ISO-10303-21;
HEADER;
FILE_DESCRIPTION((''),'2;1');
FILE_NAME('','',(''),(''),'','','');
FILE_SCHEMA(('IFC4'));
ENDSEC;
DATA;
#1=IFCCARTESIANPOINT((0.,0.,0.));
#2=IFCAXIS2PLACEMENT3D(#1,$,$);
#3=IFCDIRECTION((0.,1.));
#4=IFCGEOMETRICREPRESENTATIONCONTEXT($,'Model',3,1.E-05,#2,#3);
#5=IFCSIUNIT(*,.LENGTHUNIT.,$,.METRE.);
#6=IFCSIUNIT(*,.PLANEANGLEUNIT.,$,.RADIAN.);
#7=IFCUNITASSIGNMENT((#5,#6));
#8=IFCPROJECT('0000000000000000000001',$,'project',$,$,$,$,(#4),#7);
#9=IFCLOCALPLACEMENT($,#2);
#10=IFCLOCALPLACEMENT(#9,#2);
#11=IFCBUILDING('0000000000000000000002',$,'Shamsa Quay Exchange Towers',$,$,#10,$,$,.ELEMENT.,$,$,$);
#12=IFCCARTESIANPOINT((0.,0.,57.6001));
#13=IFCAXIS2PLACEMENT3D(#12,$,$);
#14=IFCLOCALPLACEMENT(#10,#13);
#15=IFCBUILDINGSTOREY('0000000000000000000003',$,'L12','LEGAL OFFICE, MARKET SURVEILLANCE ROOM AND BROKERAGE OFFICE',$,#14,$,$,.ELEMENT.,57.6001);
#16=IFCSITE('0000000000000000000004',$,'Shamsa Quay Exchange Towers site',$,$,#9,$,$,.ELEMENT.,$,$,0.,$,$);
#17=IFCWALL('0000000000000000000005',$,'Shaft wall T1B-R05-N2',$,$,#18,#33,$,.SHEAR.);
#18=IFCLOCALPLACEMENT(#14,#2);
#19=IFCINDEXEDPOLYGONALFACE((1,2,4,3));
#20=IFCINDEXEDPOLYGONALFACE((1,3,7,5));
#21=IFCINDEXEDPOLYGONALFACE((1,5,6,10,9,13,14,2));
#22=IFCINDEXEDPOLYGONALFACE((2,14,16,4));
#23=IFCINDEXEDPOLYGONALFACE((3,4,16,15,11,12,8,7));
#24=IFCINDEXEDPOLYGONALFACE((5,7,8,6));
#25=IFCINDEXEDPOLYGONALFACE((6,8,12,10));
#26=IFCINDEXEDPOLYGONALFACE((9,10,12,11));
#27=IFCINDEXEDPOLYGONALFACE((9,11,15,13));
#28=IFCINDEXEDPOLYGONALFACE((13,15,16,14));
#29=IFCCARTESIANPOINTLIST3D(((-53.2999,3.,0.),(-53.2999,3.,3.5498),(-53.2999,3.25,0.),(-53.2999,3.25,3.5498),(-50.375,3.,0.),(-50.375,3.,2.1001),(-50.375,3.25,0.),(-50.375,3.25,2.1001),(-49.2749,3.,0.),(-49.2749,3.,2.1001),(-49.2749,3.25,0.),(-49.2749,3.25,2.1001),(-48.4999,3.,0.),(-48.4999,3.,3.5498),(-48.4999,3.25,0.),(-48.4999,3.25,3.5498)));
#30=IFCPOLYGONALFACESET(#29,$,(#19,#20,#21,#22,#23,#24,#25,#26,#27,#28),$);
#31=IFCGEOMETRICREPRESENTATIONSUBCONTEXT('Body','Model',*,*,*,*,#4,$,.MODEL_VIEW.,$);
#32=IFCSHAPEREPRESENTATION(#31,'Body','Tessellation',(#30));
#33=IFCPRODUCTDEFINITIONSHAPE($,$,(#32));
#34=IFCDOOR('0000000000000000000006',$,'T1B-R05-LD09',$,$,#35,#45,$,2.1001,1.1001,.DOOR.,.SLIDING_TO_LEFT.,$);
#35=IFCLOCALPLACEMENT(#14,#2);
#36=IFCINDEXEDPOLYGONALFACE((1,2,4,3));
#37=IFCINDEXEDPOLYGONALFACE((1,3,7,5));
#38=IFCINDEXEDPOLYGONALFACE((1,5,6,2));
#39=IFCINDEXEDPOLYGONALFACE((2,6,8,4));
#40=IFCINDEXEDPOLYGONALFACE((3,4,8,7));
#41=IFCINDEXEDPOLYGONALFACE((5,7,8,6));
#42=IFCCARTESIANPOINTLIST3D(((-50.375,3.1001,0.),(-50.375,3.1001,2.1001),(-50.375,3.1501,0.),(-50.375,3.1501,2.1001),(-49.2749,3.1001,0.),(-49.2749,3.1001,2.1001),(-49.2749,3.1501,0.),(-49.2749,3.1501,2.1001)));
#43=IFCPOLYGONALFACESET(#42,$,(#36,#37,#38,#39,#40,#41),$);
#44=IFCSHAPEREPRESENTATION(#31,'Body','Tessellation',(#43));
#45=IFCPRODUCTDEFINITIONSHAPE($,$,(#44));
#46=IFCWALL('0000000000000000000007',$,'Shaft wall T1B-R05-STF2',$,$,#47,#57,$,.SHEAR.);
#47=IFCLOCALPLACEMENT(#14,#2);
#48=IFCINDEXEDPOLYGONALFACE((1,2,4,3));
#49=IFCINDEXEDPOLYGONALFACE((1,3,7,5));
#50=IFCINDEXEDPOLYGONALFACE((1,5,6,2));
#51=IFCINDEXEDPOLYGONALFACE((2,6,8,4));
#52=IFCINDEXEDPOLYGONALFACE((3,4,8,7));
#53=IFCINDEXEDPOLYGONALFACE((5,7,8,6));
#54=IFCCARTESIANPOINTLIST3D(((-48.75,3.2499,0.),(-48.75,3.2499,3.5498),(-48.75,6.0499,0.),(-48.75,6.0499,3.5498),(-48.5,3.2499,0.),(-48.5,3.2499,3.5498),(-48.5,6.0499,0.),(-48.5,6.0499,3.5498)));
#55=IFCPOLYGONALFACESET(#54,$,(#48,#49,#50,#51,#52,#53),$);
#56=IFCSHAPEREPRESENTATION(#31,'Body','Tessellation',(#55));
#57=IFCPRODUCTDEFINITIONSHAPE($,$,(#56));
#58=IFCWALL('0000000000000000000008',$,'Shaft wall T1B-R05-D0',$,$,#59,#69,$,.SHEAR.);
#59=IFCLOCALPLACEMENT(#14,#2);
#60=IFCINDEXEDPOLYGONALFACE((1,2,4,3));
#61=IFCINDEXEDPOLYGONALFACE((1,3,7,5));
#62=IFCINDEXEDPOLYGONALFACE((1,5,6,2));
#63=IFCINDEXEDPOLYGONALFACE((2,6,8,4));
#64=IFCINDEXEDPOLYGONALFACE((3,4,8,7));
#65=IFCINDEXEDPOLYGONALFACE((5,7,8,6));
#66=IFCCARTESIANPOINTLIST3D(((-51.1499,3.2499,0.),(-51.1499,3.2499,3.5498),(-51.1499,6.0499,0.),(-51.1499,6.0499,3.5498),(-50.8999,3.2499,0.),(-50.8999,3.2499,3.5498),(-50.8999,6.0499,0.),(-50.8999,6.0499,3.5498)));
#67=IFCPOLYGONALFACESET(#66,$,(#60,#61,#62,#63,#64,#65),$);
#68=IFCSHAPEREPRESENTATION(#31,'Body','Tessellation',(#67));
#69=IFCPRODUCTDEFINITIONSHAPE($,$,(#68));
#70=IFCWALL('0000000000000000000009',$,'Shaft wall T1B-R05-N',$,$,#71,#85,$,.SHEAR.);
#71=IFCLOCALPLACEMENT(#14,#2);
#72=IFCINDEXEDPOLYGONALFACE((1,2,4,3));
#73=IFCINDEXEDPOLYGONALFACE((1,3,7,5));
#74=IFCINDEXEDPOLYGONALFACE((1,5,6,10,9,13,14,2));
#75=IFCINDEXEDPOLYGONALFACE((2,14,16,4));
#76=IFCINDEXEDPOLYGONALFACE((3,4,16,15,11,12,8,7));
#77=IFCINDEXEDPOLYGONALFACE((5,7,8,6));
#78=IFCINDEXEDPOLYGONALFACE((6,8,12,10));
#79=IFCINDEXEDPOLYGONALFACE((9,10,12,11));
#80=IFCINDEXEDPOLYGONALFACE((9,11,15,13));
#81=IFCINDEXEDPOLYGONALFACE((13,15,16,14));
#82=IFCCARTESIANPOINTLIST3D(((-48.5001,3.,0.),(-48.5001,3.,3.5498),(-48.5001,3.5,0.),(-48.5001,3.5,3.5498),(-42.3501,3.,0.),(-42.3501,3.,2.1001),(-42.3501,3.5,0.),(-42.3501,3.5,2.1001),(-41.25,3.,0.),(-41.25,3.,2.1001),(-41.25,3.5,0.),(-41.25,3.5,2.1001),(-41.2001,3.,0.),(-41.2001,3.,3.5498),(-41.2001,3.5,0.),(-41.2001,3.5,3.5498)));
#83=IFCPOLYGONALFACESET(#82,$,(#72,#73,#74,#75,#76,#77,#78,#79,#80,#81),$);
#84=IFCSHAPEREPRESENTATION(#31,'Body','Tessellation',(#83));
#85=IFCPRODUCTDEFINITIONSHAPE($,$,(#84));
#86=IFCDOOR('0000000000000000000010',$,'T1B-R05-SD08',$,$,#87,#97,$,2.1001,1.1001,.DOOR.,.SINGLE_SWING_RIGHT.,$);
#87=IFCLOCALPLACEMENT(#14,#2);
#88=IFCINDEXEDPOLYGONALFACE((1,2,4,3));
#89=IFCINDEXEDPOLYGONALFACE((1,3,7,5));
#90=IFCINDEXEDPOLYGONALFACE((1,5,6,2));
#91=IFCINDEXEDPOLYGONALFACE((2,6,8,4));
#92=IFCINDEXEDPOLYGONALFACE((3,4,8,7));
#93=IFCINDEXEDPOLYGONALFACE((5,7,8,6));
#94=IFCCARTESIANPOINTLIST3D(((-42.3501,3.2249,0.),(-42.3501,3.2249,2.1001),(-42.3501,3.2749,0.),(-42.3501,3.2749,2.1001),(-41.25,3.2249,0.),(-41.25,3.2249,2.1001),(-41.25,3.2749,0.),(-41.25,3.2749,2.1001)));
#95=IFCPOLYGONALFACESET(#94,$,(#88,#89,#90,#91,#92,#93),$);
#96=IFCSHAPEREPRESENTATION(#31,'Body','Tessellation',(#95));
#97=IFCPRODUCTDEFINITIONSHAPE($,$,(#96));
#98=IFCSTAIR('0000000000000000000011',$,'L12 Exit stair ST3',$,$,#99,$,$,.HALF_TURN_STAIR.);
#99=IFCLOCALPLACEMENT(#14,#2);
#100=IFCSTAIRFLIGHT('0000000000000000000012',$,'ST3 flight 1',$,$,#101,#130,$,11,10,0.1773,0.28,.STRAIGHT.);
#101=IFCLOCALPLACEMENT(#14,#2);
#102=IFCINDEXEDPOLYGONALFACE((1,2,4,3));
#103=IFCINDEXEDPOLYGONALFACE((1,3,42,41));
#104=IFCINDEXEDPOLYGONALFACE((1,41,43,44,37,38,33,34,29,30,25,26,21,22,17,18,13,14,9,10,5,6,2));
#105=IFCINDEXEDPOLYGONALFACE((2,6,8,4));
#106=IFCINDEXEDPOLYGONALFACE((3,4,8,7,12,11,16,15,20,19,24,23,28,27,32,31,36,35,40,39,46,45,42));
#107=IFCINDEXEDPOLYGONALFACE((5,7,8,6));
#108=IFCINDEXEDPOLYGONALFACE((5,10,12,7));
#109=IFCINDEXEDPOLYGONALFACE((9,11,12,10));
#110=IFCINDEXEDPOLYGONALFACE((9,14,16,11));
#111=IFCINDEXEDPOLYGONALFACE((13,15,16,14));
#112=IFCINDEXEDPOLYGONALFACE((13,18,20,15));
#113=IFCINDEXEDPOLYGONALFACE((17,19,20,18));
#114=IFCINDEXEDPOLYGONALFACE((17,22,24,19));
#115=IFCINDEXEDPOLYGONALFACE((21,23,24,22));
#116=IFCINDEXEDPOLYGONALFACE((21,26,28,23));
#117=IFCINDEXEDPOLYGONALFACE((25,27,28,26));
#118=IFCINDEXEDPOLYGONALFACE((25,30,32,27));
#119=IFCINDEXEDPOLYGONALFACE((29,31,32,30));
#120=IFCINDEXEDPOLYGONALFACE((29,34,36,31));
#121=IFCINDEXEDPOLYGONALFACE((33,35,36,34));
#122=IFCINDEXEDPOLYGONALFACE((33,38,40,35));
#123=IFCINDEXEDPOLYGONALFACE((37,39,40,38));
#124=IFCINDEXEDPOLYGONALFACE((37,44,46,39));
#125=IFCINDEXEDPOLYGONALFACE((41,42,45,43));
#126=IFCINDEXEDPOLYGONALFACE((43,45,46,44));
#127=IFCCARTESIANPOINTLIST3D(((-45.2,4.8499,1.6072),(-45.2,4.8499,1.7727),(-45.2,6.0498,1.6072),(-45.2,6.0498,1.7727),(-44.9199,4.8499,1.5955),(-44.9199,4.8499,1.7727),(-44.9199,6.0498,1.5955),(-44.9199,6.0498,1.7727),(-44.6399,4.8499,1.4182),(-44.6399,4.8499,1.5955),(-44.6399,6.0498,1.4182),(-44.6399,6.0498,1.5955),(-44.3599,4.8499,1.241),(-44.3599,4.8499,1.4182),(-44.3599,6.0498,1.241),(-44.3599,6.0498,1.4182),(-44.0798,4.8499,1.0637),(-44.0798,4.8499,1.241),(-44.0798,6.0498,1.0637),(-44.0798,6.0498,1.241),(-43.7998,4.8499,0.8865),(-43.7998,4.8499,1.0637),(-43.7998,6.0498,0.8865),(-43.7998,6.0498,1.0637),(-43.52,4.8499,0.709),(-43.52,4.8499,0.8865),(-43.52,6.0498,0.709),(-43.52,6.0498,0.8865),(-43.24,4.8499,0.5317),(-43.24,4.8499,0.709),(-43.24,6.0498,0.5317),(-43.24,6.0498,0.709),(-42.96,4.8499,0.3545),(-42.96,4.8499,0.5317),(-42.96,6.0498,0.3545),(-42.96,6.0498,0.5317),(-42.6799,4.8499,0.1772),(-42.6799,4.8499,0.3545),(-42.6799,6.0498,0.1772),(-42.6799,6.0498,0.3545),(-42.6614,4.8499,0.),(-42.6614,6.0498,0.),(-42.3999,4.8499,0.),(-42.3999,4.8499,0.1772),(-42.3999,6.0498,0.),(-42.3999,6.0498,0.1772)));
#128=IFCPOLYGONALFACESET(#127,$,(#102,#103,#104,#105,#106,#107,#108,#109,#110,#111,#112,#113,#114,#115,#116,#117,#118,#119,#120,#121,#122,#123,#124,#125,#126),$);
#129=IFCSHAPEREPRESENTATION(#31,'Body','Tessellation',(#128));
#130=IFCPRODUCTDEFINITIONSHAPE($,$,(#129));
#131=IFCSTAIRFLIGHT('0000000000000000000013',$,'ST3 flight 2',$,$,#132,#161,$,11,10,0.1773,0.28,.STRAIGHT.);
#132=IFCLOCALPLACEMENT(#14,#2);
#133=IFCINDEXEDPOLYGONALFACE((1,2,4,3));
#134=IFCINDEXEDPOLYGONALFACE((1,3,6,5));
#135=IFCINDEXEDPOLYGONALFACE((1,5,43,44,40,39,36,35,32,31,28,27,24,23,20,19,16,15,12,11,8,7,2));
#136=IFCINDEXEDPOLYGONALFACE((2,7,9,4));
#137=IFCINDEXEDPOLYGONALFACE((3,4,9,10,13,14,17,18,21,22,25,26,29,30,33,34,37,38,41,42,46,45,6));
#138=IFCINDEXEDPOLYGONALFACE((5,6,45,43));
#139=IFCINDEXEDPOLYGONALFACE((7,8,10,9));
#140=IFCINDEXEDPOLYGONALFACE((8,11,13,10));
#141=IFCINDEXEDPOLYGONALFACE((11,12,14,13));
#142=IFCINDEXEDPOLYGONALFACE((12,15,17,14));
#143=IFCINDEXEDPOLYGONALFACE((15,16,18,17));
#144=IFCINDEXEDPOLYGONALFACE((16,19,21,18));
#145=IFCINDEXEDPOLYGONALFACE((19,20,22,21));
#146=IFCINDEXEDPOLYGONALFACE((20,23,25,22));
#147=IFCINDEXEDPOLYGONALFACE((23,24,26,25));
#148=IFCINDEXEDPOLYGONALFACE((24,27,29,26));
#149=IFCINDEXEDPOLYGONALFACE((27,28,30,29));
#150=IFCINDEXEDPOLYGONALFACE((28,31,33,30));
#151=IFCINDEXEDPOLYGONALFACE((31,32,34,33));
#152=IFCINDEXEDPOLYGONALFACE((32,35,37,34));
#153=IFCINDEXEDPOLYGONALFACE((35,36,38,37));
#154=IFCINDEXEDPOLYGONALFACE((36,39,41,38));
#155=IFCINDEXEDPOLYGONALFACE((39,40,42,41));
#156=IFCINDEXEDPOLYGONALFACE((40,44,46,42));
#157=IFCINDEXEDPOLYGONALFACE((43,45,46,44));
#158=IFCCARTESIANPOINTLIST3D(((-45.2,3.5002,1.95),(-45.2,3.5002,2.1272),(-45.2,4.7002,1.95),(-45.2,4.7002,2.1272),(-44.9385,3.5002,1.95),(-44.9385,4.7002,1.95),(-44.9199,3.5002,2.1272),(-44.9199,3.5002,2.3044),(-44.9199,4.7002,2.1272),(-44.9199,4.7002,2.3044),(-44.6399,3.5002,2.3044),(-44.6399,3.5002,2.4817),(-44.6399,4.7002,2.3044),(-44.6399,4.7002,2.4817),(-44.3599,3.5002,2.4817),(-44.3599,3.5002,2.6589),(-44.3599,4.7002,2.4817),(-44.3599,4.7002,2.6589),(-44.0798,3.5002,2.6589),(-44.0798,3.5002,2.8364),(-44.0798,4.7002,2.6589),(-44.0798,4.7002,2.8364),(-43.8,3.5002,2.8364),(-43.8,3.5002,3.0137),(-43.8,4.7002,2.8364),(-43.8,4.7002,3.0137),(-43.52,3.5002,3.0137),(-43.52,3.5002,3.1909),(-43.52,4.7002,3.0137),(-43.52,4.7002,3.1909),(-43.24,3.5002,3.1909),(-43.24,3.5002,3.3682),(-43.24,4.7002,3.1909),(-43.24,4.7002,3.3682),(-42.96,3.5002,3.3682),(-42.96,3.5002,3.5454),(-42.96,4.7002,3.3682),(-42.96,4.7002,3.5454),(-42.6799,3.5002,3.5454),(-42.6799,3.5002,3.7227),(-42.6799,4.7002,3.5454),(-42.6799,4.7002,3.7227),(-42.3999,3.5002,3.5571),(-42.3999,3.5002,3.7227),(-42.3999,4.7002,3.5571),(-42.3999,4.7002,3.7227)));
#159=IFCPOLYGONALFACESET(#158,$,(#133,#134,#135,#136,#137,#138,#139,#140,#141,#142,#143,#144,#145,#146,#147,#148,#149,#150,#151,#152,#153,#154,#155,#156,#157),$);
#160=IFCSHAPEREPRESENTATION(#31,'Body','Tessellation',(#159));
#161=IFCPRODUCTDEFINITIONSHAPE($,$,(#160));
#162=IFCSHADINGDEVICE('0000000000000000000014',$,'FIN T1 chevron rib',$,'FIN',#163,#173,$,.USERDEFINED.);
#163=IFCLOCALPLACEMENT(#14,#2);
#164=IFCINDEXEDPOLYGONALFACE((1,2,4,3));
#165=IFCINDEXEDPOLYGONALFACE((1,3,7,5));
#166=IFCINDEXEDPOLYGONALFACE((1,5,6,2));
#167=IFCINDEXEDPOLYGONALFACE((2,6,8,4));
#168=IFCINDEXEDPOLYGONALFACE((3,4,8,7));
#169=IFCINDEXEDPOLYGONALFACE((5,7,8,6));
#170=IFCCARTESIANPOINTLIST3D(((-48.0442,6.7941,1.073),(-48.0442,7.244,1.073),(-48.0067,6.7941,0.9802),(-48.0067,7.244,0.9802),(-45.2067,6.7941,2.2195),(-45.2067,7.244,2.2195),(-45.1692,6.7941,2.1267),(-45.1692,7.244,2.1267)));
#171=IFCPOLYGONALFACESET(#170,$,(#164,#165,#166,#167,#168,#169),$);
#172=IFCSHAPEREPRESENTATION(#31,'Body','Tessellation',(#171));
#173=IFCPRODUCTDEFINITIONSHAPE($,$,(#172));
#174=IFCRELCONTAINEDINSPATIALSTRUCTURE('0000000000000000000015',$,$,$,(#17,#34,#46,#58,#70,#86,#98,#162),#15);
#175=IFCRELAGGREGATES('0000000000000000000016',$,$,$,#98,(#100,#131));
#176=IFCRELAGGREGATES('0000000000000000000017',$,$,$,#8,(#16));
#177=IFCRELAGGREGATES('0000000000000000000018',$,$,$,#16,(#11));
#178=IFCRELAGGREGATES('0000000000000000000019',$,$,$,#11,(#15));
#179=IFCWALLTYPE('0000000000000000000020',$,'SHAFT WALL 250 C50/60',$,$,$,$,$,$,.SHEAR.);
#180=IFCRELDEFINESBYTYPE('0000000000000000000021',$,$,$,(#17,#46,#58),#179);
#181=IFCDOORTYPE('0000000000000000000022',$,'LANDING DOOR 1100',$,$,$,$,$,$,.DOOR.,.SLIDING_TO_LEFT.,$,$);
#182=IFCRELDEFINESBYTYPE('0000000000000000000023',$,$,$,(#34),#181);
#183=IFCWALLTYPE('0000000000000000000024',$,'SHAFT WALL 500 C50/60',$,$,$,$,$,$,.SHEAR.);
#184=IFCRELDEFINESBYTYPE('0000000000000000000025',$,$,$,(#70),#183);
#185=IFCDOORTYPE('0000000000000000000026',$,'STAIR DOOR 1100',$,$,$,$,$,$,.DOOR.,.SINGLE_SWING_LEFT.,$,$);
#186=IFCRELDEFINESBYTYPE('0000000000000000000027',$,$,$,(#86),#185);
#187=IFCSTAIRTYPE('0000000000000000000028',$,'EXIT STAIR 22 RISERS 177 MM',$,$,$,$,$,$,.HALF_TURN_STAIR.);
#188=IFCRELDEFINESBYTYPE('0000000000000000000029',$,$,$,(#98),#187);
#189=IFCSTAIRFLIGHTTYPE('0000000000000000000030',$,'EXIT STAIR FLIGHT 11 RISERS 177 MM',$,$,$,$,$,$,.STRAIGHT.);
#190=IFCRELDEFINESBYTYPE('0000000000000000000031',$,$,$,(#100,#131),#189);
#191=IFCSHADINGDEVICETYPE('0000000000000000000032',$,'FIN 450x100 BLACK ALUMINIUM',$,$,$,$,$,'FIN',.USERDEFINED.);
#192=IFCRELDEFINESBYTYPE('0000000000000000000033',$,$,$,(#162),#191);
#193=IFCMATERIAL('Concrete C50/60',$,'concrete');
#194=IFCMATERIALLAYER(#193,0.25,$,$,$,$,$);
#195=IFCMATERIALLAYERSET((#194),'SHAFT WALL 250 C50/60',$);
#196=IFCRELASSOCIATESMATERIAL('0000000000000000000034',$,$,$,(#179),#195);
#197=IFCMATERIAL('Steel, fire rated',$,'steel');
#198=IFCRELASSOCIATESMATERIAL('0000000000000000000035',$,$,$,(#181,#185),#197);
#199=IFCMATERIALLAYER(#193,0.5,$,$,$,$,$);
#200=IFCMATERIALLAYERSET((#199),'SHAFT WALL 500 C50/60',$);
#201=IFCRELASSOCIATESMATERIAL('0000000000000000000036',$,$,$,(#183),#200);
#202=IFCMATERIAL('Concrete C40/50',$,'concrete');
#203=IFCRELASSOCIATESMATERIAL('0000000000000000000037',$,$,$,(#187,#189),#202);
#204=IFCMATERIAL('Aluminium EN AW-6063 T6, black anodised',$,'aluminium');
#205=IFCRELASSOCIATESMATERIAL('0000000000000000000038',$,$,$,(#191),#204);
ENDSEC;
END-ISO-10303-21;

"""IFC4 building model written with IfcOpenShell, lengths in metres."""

from ifc_helpers import new_model, si_unit, direction, frame, frame_2d, origin, origin_2d, place, context, subcontext, project, spatial, polyline, rectangle, outline, extrude, material, layer, layer_set, material_profile, profile_set, type_object, element, fill, aggregate, save


model = new_model("IFC4")

# Units and contexts
model_context = context("Model", 3, precision=1e-05, world=origin(), true_north=direction((0.0, 1.0)))
body_context = subcontext(model_context, "Body", "Model", "MODEL_VIEW")
ifc_project = project(units=[si_unit("LENGTHUNIT", "METRE"), si_unit("PLANEANGLEUNIT", "RADIAN")], contexts=[model_context])

# Site, building, storey
site_placement = place(None, origin())
site = spatial("IfcSite", under=ifc_project, at=site_placement, Name="Shamsa Quay Exchange Towers site", CompositionType="ELEMENT", RefElevation=0.0)
building_placement = place(site_placement, origin())
building = spatial("IfcBuilding", under=site, at=building_placement, Name="Shamsa Quay Exchange Towers", CompositionType="ELEMENT")
storey_placement = place(building_placement, frame((0.0, 0.0, 57.6001)))
storey = spatial("IfcBuildingStorey", under=building, at=storey_placement, Name="L12", Description="LEGAL OFFICE, MARKET SURVEILLANCE ROOM AND BROKERAGE OFFICE", CompositionType="ELEMENT", Elevation=57.6001)

# Shared definitions
ifc_material_1 = material(Name="Aluminium EN AW-6063 T6, black anodised", Category="aluminium")

# Wall, opening, door
ifc_material_2 = material(Name="Concrete C50/60", Category="concrete")
ifc_layer_1 = layer(ifc_material_2, 0.25)
ifc_layer_set_1 = layer_set([ifc_layer_1], Name="SHAFT WALL 250 C50/60")
wall_type_1 = type_object("IfcWallType", Name="SHAFT WALL 250 C50/60", PredefinedType="SHEAR", material=ifc_layer_set_1)
wall_1_placement = place(storey_placement, frame((-48.5, 3.125, 0.0), z_axis=(0.0, 0.0, 1.0), x_axis=(-1.0, 0.0, 0.0)))
wall_1 = element("IfcWall", 1, at=wall_1_placement, inside=storey, type_object=wall_type_1, Name="Shaft wall T1B-R05-N2", PredefinedType="SHEAR", context=body_context, shape_type="SweptSolid", body=[
    extrude(rectangle(XDim=4.8, YDim=0.25, at=frame_2d((2.3999, 0.0))), origin(), (0.0, 0.0, 1.0), 3.5498),
])
opening_1_placement = place(wall_1_placement, frame((0.7749, 0.0, 0.0)))
opening_1 = element("IfcOpeningElement", 2, at=opening_1_placement, cuts=wall_1, PredefinedType="OPENING", context=body_context, shape_type="SweptSolid", body=[
    extrude(rectangle(XDim=1.1001, YDim=2.1001, at=frame_2d((0.55, 1.05))), frame((0.0, 0.135, 0.0), z_axis=(0.0, -1.0, 0.0), x_axis=(1.0, 0.0, 0.0)), (0.0, 0.0, 1.0), 0.27),
])
ifc_material_3 = material(Name="Steel, fire rated", Category="steel")
door_type_1 = type_object("IfcDoorType", Name="LANDING DOOR 1100", OperationType="SLIDING_TO_LEFT", PredefinedType="DOOR", material=ifc_material_3)
door_1_placement = place(opening_1_placement, origin())
door_1 = element("IfcDoor", 3, at=door_1_placement, inside=storey, type_object=door_type_1, Name="T1B-R05-LD09", OperationType="SLIDING_TO_LEFT", OverallHeight=2.1001, OverallWidth=1.1001, PredefinedType="DOOR", context=body_context, shape_type="SweptSolid", body=[
    extrude(rectangle(XDim=1.1001, YDim=2.1001, at=frame_2d((0.55, 1.05))), frame((0.0, 0.0249, 0.0), z_axis=(0.0, -1.0, 0.0), x_axis=(1.0, 0.0, 0.0)), (0.0, 0.0, 1.0), 0.05),
])
fill(opening_1, door_1)

# Walls
for number, where, z_axis, x_axis, name in (
    (4, (-48.625, 3.25, 0.0), (0.0, 0.0, 1.0), (0.0, 1.0, 0.0), "Shaft wall T1B-R05-STF2"),
    (5, (-51.0249, 3.25, 0.0), (0.0, 0.0, 1.0), (0.0, 1.0, 0.0), "Shaft wall T1B-R05-D0"),
):
    element("IfcWall", number, at=place(storey_placement, frame(where, z_axis=z_axis, x_axis=x_axis)), inside=storey, type_object=wall_type_1, Name=name, PredefinedType="SHEAR", context=body_context, shape_type="SweptSolid", body=[
        extrude(rectangle(XDim=2.8, YDim=0.25, at=frame_2d((1.3999, 0.0))), origin(), (0.0, 0.0, 1.0), 3.5498),
    ])

# Wall, opening, door
ifc_layer_2 = layer(ifc_material_2, 0.5)
ifc_layer_set_2 = layer_set([ifc_layer_2], Name="SHAFT WALL 500 C50/60")
wall_type_2 = type_object("IfcWallType", Name="SHAFT WALL 500 C50/60", PredefinedType="SHEAR", material=ifc_layer_set_2)
wall_2_placement = place(storey_placement, frame((-48.5, 3.25, 0.0)))
wall_2 = element("IfcWall", 6, at=wall_2_placement, inside=storey, type_object=wall_type_2, Name="Shaft wall T1B-R05-N", PredefinedType="SHEAR", context=body_context, shape_type="SweptSolid", body=[
    extrude(rectangle(XDim=7.3, YDim=0.5, at=frame_2d((3.6499, 0.0))), origin(), (0.0, 0.0, 1.0), 3.5498),
])
opening_2_placement = place(wall_2_placement, frame((6.1499, 0.0, 0.0)))
opening_2 = element("IfcOpeningElement", 7, at=opening_2_placement, cuts=wall_2, PredefinedType="OPENING", context=body_context, shape_type="SweptSolid", body=[
    extrude(rectangle(XDim=1.1001, YDim=2.1001, at=frame_2d((0.55, 1.05))), frame((0.0, 0.26, 0.0), z_axis=(0.0, -1.0, 0.0), x_axis=(1.0, 0.0, 0.0)), (0.0, 0.0, 1.0), 0.52),
])
door_type_2 = type_object("IfcDoorType", Name="STAIR DOOR 1100", OperationType="SINGLE_SWING_LEFT", PredefinedType="DOOR", material=ifc_material_3)
door_2_placement = place(opening_2_placement, origin())
door_2 = element("IfcDoor", 8, at=door_2_placement, inside=storey, type_object=door_type_2, Name="T1B-R05-SD08", OperationType="SINGLE_SWING_RIGHT", OverallHeight=2.1001, OverallWidth=1.1001, PredefinedType="DOOR", context=body_context, shape_type="SweptSolid", body=[
    extrude(rectangle(XDim=1.1001, YDim=2.1001, at=frame_2d((0.55, 1.05))), frame((0.0, 0.0249, 0.0), z_axis=(0.0, -1.0, 0.0), x_axis=(1.0, 0.0, 0.0)), (0.0, 0.0, 1.0), 0.05),
])
fill(opening_2, door_2)

# Stair, stair flights
ifc_material_4 = material(Name="Concrete C40/50", Category="concrete")
stair_type = type_object("IfcStairType", Name="EXIT STAIR 22 RISERS 177 MM", PredefinedType="HALF_TURN_STAIR", material=ifc_material_4)
stair_placement = place(storey_placement, origin())
stair = element("IfcStair", 9, at=stair_placement, inside=storey, type_object=stair_type, Name="L12 Exit stair ST3", PredefinedType="HALF_TURN_STAIR")
stair_flight_type = type_object("IfcStairFlightType", Name="EXIT STAIR FLIGHT 11 RISERS 177 MM", PredefinedType="STRAIGHT", material=ifc_material_4)
stair_flight_1_placement = place(storey_placement, frame((-42.3999, 5.45, 0.0), z_axis=(0.0, 0.0, 1.0), x_axis=(-1.0, 0.0, 0.0)))
stair_flight_1 = element("IfcStairFlight", 10, at=stair_flight_1_placement, type_object=stair_flight_type, Name="ST3 flight 1", NumberOfRisers=11, NumberOfTreads=10, PredefinedType="STRAIGHT", RiserHeight=0.1773, TreadLength=0.28, context=body_context, shape_type="SweptSolid", body=[
    extrude(outline(polyline([(0.0, 0.0), (0.0, 0.1772), (0.28, 0.1772), (0.28, 0.3545), (0.5601, 0.3545), (0.5601, 0.5317), (0.8401, 0.5317), (0.8401, 0.709), (1.1201, 0.709), (1.1201, 0.8865), (1.3999, 0.8865), (1.3999, 1.0637), (1.6799, 1.0637), (1.6799, 1.241), (1.96, 1.241), (1.96, 1.4182), (2.24, 1.4182), (2.24, 1.5955), (2.52, 1.5955), (2.52, 1.7727), (2.8, 1.7727), (2.8, 1.95), (2.8, 1.6072), (0.2615, 0.0), (0.0, 0.0)])), frame((0.0, 0.6001, 0.0), z_axis=(0.0, -1.0, 0.0), x_axis=(1.0, 0.0, 0.0)), (0.0, 0.0, 1.0), 1.2),
])
stair_flight_2_placement = place(storey_placement, frame((-45.2, 4.1001, 1.95)))
stair_flight_2 = element("IfcStairFlight", 11, at=stair_flight_2_placement, type_object=stair_flight_type, Name="ST3 flight 2", NumberOfRisers=11, NumberOfTreads=10, PredefinedType="STRAIGHT", RiserHeight=0.1773, TreadLength=0.28, context=body_context, shape_type="SweptSolid", body=[
    extrude(outline(polyline([(0.0, 0.0), (0.0, 0.1772), (0.28, 0.1772), (0.28, 0.3545), (0.5601, 0.3545), (0.5601, 0.5317), (0.8401, 0.5317), (0.8401, 0.709), (1.1201, 0.709), (1.1201, 0.8865), (1.3999, 0.8865), (1.3999, 1.0637), (1.6799, 1.0637), (1.6799, 1.241), (1.96, 1.241), (1.96, 1.4182), (2.24, 1.4182), (2.24, 1.5955), (2.52, 1.5955), (2.52, 1.7727), (2.8, 1.7727), (2.8, 1.95), (2.8, 1.6072), (0.2615, 0.0), (0.0, 0.0)])), frame((0.0, 0.6001, 0.0), z_axis=(0.0, -1.0, 0.0), x_axis=(1.0, 0.0, 0.0)), (0.0, 0.0, 1.0), 1.2),
])
aggregate(stair, [stair_flight_1, stair_flight_2])

# Shading device
ifc_material_profile_1 = material_profile(ifc_material_1, rectangle(XDim=0.45, YDim=0.1001, at=origin_2d()), Name="FIN450x100")
ifc_profile_set_1 = profile_set([ifc_material_profile_1], Name="Aluminium EN AW-6063 T6, black anodised")
shading_device_type = type_object("IfcShadingDeviceType", Name="FIN 450x100 BLACK ALUMINIUM", ElementType="FIN", PredefinedType="USERDEFINED", material=ifc_profile_set_1)
shading_device_1_placement = place(storey_placement, frame((-45.188, 7.019, 2.1731), z_axis=(-0.927173, 0.0, -0.374635), x_axis=(0.0, -1.0, 0.0)))
element("IfcShadingDevice", 12, at=shading_device_1_placement, inside=storey, type_object=shading_device_type, Name="FIN T1 chevron rib", ObjectType="FIN", PredefinedType="USERDEFINED", context=body_context, shape_type="SweptSolid", body=[
    extrude(rectangle(XDim=0.45, YDim=0.1001, at=origin_2d()), origin(), (0.0, 0.0, 1.0), 3.0603),
])

save(model, "model.ifc")
